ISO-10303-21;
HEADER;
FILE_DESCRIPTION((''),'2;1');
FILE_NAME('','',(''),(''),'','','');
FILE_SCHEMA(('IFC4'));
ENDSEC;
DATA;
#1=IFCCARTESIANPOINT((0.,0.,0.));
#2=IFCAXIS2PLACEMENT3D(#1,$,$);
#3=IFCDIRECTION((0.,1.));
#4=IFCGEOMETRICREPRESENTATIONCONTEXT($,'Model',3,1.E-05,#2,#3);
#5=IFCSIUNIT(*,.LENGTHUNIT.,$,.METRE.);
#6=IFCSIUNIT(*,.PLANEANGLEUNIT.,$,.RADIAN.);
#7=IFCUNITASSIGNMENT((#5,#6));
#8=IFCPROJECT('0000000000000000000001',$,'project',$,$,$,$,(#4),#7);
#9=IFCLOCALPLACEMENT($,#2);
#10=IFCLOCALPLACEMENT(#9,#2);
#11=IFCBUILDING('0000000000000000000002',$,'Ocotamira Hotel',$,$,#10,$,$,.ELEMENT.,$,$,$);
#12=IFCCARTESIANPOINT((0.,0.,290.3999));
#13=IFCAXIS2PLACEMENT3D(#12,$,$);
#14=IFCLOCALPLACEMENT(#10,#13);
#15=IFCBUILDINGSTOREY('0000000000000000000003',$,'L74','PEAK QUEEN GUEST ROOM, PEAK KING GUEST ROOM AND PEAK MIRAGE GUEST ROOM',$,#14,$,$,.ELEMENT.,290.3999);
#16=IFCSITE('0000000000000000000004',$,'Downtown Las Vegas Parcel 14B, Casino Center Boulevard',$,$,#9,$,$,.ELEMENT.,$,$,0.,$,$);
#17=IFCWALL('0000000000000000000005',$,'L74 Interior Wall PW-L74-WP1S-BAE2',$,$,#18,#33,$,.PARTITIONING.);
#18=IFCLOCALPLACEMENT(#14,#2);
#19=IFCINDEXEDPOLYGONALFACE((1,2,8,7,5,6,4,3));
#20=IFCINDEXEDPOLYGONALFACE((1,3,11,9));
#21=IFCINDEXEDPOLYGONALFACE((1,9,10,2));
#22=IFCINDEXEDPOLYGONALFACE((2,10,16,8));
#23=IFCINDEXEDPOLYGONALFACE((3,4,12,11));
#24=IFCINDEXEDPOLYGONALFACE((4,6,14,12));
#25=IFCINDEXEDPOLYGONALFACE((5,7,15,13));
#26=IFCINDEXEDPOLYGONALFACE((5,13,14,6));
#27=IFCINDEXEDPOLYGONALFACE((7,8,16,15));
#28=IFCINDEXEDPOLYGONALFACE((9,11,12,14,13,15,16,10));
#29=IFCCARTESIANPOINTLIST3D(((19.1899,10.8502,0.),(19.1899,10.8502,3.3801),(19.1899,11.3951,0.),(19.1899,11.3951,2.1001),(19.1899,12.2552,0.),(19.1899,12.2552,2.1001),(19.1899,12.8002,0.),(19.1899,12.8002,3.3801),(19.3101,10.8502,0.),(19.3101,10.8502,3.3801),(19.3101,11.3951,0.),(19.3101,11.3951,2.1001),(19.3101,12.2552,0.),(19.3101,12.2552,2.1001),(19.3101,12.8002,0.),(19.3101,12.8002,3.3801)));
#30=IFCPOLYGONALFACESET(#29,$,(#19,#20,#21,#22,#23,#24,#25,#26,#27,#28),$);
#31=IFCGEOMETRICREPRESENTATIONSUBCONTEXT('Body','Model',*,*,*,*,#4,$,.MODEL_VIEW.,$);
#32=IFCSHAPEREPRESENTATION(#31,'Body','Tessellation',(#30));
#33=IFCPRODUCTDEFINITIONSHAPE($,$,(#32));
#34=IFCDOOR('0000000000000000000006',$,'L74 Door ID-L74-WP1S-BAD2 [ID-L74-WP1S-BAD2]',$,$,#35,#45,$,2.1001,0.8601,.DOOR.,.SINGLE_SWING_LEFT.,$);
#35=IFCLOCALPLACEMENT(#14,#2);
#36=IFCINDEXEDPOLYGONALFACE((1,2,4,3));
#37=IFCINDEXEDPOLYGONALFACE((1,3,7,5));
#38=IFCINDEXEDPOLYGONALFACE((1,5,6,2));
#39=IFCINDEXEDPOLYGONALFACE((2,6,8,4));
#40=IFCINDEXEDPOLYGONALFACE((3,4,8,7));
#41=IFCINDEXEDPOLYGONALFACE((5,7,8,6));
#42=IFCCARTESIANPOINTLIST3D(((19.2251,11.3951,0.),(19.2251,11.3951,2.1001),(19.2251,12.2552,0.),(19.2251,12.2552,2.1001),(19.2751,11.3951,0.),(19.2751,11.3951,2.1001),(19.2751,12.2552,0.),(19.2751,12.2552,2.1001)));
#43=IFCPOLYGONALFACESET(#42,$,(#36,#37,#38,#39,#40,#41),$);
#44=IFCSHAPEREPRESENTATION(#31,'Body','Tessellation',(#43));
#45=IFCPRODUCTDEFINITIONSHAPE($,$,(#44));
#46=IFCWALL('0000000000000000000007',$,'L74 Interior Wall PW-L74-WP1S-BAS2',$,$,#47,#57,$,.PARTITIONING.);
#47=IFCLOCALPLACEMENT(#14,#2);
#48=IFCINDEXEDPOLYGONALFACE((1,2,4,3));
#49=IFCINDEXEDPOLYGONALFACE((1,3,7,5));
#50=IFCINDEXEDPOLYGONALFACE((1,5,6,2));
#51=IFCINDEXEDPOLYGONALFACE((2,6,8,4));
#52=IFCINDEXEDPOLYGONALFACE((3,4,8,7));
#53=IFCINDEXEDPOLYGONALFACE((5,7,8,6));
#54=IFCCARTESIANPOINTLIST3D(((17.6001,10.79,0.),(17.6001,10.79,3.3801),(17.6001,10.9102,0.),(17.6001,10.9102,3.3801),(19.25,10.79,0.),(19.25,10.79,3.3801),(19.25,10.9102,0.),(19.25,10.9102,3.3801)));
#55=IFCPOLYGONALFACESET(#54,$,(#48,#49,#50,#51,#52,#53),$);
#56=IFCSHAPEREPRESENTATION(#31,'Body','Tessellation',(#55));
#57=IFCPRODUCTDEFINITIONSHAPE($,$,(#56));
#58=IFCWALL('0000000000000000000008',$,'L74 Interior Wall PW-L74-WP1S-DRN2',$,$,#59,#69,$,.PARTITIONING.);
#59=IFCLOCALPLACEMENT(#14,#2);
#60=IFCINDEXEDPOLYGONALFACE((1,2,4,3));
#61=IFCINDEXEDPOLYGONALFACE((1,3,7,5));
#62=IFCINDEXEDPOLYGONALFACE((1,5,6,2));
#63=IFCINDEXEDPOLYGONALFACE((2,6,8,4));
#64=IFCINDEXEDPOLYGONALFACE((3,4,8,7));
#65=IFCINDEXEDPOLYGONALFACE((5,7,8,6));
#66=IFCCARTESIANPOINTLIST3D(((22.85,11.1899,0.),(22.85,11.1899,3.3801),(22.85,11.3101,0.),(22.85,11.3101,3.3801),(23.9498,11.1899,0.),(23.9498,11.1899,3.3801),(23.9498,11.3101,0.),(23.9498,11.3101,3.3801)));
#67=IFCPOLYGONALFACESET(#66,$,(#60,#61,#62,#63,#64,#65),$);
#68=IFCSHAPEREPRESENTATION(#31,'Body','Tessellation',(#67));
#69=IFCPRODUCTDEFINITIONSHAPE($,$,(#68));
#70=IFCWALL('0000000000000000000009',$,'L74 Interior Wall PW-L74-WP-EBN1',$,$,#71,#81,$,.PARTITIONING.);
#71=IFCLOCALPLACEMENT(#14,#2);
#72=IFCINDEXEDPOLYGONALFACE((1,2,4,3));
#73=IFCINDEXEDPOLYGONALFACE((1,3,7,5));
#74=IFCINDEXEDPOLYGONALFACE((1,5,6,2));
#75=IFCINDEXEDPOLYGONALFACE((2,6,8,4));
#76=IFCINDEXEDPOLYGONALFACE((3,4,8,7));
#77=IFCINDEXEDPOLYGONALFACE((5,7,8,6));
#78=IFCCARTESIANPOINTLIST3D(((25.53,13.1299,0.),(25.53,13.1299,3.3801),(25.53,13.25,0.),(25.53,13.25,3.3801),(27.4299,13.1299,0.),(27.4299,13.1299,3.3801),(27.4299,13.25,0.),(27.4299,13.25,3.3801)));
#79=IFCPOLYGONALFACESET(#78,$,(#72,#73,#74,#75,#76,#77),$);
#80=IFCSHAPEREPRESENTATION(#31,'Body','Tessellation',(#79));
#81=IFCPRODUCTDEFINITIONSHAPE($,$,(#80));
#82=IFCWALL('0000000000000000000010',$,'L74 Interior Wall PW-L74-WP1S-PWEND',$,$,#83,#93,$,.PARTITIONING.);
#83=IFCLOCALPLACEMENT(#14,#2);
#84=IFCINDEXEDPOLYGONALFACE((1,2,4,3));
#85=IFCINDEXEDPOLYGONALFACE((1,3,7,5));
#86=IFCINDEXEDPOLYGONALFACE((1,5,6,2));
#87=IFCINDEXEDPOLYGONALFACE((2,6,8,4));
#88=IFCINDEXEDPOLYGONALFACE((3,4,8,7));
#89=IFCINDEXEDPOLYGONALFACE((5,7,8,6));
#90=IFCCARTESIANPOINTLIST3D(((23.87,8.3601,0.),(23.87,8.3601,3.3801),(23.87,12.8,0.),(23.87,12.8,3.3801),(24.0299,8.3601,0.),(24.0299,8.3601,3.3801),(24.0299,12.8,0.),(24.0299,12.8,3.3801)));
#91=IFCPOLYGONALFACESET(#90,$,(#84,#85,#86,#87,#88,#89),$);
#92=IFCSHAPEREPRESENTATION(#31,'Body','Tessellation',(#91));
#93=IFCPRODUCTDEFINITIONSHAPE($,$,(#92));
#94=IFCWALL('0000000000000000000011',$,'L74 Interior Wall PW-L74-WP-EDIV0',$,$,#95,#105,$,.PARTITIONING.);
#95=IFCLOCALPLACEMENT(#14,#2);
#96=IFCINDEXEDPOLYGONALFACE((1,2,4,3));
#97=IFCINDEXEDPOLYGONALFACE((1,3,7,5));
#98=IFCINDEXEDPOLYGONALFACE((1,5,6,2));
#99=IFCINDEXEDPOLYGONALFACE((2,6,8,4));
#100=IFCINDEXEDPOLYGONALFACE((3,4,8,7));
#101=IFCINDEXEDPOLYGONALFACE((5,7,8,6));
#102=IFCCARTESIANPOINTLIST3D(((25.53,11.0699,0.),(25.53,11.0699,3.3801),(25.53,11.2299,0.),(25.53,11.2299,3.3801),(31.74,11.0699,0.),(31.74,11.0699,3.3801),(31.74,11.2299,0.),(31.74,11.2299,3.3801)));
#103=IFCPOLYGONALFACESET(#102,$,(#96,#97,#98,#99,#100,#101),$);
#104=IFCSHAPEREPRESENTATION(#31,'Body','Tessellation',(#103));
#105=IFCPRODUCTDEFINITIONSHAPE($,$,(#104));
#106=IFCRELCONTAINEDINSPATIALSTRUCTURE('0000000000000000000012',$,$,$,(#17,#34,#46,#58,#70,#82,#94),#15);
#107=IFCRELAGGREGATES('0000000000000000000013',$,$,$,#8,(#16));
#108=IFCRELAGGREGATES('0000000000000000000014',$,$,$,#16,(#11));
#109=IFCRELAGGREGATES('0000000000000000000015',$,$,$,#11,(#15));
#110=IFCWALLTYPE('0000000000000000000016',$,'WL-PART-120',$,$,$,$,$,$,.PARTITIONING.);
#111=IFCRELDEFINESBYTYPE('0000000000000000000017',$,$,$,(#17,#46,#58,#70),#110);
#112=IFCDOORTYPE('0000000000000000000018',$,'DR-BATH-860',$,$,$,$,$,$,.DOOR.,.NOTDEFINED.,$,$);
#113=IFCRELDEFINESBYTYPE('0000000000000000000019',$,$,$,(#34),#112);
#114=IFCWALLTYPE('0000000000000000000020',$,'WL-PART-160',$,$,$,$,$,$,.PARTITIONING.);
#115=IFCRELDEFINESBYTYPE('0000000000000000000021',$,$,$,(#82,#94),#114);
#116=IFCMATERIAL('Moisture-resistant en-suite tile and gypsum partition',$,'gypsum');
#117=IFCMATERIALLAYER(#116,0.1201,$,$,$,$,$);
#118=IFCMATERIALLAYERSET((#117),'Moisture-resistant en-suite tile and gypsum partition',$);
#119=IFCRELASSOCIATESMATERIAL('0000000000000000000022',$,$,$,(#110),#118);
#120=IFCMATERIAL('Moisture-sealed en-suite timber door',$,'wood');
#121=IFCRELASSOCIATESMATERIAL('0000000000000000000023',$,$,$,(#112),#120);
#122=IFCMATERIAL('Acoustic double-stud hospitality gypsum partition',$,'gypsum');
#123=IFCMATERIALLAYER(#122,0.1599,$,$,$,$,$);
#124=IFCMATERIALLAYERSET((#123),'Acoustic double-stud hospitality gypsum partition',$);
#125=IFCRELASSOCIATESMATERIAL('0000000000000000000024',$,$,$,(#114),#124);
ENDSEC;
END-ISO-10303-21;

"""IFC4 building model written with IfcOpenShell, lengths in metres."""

from ifc_helpers import new_model, si_unit, direction, frame, frame_2d, origin, place, context, subcontext, project, spatial, rectangle, extrude, source, transform, mapped, material, layer, layer_set, type_object, element, fill, save


model = new_model("IFC4")

# Units and contexts
model_context = context("Model", 3, precision=1e-05, world=origin(), true_north=direction((0.0, 1.0)))
body_context = subcontext(model_context, "Body", "Model", "MODEL_VIEW")
ifc_project = project(units=[si_unit("LENGTHUNIT", "METRE"), si_unit("PLANEANGLEUNIT", "RADIAN")], contexts=[model_context])

# Site, building, storey
site_placement = place(None, origin())
site = spatial("IfcSite", under=ifc_project, at=site_placement, Name="Downtown Las Vegas Parcel 14B, Casino Center Boulevard", CompositionType="ELEMENT", RefElevation=0.0)
building_placement = place(site_placement, origin())
building = spatial("IfcBuilding", under=site, at=building_placement, Name="Ocotamira Hotel", CompositionType="ELEMENT")
storey_placement = place(building_placement, frame((0.0, 0.0, 290.3999)))
storey = spatial("IfcBuildingStorey", under=building, at=storey_placement, Name="L74", Description="PEAK QUEEN GUEST ROOM, PEAK KING GUEST ROOM AND PEAK MIRAGE GUEST ROOM", CompositionType="ELEMENT", Elevation=290.3999)

# Wall, opening, door
ifc_material_1 = material(Name="Moisture-resistant en-suite tile and gypsum partition", Category="gypsum")
ifc_layer_1 = layer(ifc_material_1, 0.1201)
ifc_layer_set_1 = layer_set([ifc_layer_1], Name="Moisture-resistant en-suite tile and gypsum partition")
wall_type_1 = type_object("IfcWallType", Name="WL-PART-120", PredefinedType="PARTITIONING", material=ifc_layer_set_1)
wall_1_placement = place(storey_placement, frame((19.25, 10.8501, 0.0), z_axis=(0.0, 0.0, 1.0), x_axis=(0.0, 1.0, 0.0)))
wall_1 = element("IfcWall", 1, at=wall_1_placement, inside=storey, type_object=wall_type_1, Name="L74 Interior Wall PW-L74-WP1S-BAE2", PredefinedType="PARTITIONING", context=body_context, shape_type="SweptSolid", body=[
    extrude(rectangle(XDim=1.95, YDim=0.1201, at=frame_2d((0.9751, 0.0))), origin(), (0.0, 0.0, 1.0), 3.3801),
])
opening_1_placement = place(wall_1_placement, frame((0.5449, 0.0, 0.0)))
opening_1 = element("IfcOpeningElement", 2, at=opening_1_placement, cuts=wall_1, PredefinedType="OPENING", context=body_context, shape_type="SweptSolid", body=[
    extrude(rectangle(XDim=0.8601, YDim=2.1001, at=frame_2d((0.4302, 1.05))), frame((0.0, 0.0701, 0.0), z_axis=(0.0, -1.0, 0.0), x_axis=(1.0, 0.0, 0.0)), (0.0, 0.0, 1.0), 0.1401),
])
ifc_material_2 = material(Name="Moisture-sealed en-suite timber door", Category="wood")
door_type_1 = type_object("IfcDoorType", Name="DR-BATH-860", OperationType="NOTDEFINED", PredefinedType="DOOR", material=ifc_material_2)
shared_shape_1 = source(origin(), body_context, "Body", "SweptSolid", [
    extrude(rectangle(XDim=0.8601, YDim=2.1001, at=frame_2d((0.4302, 1.05))), frame((0.0, 0.0249, 0.0), z_axis=(0.0, -1.0, 0.0), x_axis=(1.0, 0.0, 0.0)), (0.0, 0.0, 1.0), 0.05),
])
door_1_placement = place(opening_1_placement, origin())
door_1 = element("IfcDoor", 3, at=door_1_placement, inside=storey, type_object=door_type_1, Name="L74 Door ID-L74-WP1S-BAD2 [ID-L74-WP1S-BAD2]", OperationType="SINGLE_SWING_LEFT", OverallHeight=2.1001, OverallWidth=0.8601, PredefinedType="DOOR", context=body_context, shape_type="MappedRepresentation", body=[
    mapped(shared_shape_1, transform((0.0, 0.0, 0.0), scale=1.0)),
])
fill(opening_1, door_1)

# Walls
wall_2_placement = place(storey_placement, frame((17.6001, 10.8501, 0.0), z_axis=(0.0, 0.0, 1.0), x_axis=(1.0, 0.0, 0.0)))
element("IfcWall", 4, at=wall_2_placement, inside=storey, type_object=wall_type_1, Name="L74 Interior Wall PW-L74-WP1S-BAS2", PredefinedType="PARTITIONING", context=body_context, shape_type="SweptSolid", body=[
    extrude(rectangle(XDim=1.6499, YDim=0.1201, at=frame_2d((0.825, 0.0))), origin(), (0.0, 0.0, 1.0), 3.3801),
])
wall_3_placement = place(storey_placement, frame((22.8501, 11.25, 0.0), z_axis=(0.0, 0.0, 1.0), x_axis=(1.0, 0.0, 0.0)))
element("IfcWall", 5, at=wall_3_placement, inside=storey, type_object=wall_type_1, Name="L74 Interior Wall PW-L74-WP1S-DRN2", PredefinedType="PARTITIONING", context=body_context, shape_type="SweptSolid", body=[
    extrude(rectangle(XDim=1.0999, YDim=0.1201, at=frame_2d((0.5498, 0.0))), origin(), (0.0, 0.0, 1.0), 3.3801),
])
wall_4_placement = place(storey_placement, frame((25.53, 13.1899, 0.0), z_axis=(0.0, 0.0, 1.0), x_axis=(1.0, 0.0, 0.0)))
element("IfcWall", 6, at=wall_4_placement, inside=storey, type_object=wall_type_1, Name="L74 Interior Wall PW-L74-WP-EBN1", PredefinedType="PARTITIONING", context=body_context, shape_type="SweptSolid", body=[
    extrude(rectangle(XDim=1.8999, YDim=0.1201, at=frame_2d((0.95, 0.0))), origin(), (0.0, 0.0, 1.0), 3.3801),
])
ifc_material_3 = material(Name="Acoustic double-stud hospitality gypsum partition", Category="gypsum")
ifc_layer_2 = layer(ifc_material_3, 0.1599)
ifc_layer_set_2 = layer_set([ifc_layer_2], Name="Acoustic double-stud hospitality gypsum partition")
wall_type_2 = type_object("IfcWallType", Name="WL-PART-160", PredefinedType="PARTITIONING", material=ifc_layer_set_2)
wall_5_placement = place(storey_placement, frame((23.95, 8.3601, 0.0), z_axis=(0.0, 0.0, 1.0), x_axis=(0.0, 1.0, 0.0)))
element("IfcWall", 7, at=wall_5_placement, inside=storey, type_object=wall_type_2, Name="L74 Interior Wall PW-L74-WP1S-PWEND", PredefinedType="PARTITIONING", context=body_context, shape_type="SweptSolid", body=[
    extrude(rectangle(XDim=4.4399, YDim=0.1599, at=frame_2d((2.22, 0.0))), origin(), (0.0, 0.0, 1.0), 3.3801),
])
wall_6_placement = place(storey_placement, frame((25.53, 11.1499, 0.0), z_axis=(0.0, 0.0, 1.0), x_axis=(1.0, 0.0, 0.0)))
element("IfcWall", 8, at=wall_6_placement, inside=storey, type_object=wall_type_2, Name="L74 Interior Wall PW-L74-WP-EDIV0", PredefinedType="PARTITIONING", context=body_context, shape_type="SweptSolid", body=[
    extrude(rectangle(XDim=6.21, YDim=0.1599, at=frame_2d((3.105, 0.0))), origin(), (0.0, 0.0, 1.0), 3.3801),
])

save(model, "model.ifc")
